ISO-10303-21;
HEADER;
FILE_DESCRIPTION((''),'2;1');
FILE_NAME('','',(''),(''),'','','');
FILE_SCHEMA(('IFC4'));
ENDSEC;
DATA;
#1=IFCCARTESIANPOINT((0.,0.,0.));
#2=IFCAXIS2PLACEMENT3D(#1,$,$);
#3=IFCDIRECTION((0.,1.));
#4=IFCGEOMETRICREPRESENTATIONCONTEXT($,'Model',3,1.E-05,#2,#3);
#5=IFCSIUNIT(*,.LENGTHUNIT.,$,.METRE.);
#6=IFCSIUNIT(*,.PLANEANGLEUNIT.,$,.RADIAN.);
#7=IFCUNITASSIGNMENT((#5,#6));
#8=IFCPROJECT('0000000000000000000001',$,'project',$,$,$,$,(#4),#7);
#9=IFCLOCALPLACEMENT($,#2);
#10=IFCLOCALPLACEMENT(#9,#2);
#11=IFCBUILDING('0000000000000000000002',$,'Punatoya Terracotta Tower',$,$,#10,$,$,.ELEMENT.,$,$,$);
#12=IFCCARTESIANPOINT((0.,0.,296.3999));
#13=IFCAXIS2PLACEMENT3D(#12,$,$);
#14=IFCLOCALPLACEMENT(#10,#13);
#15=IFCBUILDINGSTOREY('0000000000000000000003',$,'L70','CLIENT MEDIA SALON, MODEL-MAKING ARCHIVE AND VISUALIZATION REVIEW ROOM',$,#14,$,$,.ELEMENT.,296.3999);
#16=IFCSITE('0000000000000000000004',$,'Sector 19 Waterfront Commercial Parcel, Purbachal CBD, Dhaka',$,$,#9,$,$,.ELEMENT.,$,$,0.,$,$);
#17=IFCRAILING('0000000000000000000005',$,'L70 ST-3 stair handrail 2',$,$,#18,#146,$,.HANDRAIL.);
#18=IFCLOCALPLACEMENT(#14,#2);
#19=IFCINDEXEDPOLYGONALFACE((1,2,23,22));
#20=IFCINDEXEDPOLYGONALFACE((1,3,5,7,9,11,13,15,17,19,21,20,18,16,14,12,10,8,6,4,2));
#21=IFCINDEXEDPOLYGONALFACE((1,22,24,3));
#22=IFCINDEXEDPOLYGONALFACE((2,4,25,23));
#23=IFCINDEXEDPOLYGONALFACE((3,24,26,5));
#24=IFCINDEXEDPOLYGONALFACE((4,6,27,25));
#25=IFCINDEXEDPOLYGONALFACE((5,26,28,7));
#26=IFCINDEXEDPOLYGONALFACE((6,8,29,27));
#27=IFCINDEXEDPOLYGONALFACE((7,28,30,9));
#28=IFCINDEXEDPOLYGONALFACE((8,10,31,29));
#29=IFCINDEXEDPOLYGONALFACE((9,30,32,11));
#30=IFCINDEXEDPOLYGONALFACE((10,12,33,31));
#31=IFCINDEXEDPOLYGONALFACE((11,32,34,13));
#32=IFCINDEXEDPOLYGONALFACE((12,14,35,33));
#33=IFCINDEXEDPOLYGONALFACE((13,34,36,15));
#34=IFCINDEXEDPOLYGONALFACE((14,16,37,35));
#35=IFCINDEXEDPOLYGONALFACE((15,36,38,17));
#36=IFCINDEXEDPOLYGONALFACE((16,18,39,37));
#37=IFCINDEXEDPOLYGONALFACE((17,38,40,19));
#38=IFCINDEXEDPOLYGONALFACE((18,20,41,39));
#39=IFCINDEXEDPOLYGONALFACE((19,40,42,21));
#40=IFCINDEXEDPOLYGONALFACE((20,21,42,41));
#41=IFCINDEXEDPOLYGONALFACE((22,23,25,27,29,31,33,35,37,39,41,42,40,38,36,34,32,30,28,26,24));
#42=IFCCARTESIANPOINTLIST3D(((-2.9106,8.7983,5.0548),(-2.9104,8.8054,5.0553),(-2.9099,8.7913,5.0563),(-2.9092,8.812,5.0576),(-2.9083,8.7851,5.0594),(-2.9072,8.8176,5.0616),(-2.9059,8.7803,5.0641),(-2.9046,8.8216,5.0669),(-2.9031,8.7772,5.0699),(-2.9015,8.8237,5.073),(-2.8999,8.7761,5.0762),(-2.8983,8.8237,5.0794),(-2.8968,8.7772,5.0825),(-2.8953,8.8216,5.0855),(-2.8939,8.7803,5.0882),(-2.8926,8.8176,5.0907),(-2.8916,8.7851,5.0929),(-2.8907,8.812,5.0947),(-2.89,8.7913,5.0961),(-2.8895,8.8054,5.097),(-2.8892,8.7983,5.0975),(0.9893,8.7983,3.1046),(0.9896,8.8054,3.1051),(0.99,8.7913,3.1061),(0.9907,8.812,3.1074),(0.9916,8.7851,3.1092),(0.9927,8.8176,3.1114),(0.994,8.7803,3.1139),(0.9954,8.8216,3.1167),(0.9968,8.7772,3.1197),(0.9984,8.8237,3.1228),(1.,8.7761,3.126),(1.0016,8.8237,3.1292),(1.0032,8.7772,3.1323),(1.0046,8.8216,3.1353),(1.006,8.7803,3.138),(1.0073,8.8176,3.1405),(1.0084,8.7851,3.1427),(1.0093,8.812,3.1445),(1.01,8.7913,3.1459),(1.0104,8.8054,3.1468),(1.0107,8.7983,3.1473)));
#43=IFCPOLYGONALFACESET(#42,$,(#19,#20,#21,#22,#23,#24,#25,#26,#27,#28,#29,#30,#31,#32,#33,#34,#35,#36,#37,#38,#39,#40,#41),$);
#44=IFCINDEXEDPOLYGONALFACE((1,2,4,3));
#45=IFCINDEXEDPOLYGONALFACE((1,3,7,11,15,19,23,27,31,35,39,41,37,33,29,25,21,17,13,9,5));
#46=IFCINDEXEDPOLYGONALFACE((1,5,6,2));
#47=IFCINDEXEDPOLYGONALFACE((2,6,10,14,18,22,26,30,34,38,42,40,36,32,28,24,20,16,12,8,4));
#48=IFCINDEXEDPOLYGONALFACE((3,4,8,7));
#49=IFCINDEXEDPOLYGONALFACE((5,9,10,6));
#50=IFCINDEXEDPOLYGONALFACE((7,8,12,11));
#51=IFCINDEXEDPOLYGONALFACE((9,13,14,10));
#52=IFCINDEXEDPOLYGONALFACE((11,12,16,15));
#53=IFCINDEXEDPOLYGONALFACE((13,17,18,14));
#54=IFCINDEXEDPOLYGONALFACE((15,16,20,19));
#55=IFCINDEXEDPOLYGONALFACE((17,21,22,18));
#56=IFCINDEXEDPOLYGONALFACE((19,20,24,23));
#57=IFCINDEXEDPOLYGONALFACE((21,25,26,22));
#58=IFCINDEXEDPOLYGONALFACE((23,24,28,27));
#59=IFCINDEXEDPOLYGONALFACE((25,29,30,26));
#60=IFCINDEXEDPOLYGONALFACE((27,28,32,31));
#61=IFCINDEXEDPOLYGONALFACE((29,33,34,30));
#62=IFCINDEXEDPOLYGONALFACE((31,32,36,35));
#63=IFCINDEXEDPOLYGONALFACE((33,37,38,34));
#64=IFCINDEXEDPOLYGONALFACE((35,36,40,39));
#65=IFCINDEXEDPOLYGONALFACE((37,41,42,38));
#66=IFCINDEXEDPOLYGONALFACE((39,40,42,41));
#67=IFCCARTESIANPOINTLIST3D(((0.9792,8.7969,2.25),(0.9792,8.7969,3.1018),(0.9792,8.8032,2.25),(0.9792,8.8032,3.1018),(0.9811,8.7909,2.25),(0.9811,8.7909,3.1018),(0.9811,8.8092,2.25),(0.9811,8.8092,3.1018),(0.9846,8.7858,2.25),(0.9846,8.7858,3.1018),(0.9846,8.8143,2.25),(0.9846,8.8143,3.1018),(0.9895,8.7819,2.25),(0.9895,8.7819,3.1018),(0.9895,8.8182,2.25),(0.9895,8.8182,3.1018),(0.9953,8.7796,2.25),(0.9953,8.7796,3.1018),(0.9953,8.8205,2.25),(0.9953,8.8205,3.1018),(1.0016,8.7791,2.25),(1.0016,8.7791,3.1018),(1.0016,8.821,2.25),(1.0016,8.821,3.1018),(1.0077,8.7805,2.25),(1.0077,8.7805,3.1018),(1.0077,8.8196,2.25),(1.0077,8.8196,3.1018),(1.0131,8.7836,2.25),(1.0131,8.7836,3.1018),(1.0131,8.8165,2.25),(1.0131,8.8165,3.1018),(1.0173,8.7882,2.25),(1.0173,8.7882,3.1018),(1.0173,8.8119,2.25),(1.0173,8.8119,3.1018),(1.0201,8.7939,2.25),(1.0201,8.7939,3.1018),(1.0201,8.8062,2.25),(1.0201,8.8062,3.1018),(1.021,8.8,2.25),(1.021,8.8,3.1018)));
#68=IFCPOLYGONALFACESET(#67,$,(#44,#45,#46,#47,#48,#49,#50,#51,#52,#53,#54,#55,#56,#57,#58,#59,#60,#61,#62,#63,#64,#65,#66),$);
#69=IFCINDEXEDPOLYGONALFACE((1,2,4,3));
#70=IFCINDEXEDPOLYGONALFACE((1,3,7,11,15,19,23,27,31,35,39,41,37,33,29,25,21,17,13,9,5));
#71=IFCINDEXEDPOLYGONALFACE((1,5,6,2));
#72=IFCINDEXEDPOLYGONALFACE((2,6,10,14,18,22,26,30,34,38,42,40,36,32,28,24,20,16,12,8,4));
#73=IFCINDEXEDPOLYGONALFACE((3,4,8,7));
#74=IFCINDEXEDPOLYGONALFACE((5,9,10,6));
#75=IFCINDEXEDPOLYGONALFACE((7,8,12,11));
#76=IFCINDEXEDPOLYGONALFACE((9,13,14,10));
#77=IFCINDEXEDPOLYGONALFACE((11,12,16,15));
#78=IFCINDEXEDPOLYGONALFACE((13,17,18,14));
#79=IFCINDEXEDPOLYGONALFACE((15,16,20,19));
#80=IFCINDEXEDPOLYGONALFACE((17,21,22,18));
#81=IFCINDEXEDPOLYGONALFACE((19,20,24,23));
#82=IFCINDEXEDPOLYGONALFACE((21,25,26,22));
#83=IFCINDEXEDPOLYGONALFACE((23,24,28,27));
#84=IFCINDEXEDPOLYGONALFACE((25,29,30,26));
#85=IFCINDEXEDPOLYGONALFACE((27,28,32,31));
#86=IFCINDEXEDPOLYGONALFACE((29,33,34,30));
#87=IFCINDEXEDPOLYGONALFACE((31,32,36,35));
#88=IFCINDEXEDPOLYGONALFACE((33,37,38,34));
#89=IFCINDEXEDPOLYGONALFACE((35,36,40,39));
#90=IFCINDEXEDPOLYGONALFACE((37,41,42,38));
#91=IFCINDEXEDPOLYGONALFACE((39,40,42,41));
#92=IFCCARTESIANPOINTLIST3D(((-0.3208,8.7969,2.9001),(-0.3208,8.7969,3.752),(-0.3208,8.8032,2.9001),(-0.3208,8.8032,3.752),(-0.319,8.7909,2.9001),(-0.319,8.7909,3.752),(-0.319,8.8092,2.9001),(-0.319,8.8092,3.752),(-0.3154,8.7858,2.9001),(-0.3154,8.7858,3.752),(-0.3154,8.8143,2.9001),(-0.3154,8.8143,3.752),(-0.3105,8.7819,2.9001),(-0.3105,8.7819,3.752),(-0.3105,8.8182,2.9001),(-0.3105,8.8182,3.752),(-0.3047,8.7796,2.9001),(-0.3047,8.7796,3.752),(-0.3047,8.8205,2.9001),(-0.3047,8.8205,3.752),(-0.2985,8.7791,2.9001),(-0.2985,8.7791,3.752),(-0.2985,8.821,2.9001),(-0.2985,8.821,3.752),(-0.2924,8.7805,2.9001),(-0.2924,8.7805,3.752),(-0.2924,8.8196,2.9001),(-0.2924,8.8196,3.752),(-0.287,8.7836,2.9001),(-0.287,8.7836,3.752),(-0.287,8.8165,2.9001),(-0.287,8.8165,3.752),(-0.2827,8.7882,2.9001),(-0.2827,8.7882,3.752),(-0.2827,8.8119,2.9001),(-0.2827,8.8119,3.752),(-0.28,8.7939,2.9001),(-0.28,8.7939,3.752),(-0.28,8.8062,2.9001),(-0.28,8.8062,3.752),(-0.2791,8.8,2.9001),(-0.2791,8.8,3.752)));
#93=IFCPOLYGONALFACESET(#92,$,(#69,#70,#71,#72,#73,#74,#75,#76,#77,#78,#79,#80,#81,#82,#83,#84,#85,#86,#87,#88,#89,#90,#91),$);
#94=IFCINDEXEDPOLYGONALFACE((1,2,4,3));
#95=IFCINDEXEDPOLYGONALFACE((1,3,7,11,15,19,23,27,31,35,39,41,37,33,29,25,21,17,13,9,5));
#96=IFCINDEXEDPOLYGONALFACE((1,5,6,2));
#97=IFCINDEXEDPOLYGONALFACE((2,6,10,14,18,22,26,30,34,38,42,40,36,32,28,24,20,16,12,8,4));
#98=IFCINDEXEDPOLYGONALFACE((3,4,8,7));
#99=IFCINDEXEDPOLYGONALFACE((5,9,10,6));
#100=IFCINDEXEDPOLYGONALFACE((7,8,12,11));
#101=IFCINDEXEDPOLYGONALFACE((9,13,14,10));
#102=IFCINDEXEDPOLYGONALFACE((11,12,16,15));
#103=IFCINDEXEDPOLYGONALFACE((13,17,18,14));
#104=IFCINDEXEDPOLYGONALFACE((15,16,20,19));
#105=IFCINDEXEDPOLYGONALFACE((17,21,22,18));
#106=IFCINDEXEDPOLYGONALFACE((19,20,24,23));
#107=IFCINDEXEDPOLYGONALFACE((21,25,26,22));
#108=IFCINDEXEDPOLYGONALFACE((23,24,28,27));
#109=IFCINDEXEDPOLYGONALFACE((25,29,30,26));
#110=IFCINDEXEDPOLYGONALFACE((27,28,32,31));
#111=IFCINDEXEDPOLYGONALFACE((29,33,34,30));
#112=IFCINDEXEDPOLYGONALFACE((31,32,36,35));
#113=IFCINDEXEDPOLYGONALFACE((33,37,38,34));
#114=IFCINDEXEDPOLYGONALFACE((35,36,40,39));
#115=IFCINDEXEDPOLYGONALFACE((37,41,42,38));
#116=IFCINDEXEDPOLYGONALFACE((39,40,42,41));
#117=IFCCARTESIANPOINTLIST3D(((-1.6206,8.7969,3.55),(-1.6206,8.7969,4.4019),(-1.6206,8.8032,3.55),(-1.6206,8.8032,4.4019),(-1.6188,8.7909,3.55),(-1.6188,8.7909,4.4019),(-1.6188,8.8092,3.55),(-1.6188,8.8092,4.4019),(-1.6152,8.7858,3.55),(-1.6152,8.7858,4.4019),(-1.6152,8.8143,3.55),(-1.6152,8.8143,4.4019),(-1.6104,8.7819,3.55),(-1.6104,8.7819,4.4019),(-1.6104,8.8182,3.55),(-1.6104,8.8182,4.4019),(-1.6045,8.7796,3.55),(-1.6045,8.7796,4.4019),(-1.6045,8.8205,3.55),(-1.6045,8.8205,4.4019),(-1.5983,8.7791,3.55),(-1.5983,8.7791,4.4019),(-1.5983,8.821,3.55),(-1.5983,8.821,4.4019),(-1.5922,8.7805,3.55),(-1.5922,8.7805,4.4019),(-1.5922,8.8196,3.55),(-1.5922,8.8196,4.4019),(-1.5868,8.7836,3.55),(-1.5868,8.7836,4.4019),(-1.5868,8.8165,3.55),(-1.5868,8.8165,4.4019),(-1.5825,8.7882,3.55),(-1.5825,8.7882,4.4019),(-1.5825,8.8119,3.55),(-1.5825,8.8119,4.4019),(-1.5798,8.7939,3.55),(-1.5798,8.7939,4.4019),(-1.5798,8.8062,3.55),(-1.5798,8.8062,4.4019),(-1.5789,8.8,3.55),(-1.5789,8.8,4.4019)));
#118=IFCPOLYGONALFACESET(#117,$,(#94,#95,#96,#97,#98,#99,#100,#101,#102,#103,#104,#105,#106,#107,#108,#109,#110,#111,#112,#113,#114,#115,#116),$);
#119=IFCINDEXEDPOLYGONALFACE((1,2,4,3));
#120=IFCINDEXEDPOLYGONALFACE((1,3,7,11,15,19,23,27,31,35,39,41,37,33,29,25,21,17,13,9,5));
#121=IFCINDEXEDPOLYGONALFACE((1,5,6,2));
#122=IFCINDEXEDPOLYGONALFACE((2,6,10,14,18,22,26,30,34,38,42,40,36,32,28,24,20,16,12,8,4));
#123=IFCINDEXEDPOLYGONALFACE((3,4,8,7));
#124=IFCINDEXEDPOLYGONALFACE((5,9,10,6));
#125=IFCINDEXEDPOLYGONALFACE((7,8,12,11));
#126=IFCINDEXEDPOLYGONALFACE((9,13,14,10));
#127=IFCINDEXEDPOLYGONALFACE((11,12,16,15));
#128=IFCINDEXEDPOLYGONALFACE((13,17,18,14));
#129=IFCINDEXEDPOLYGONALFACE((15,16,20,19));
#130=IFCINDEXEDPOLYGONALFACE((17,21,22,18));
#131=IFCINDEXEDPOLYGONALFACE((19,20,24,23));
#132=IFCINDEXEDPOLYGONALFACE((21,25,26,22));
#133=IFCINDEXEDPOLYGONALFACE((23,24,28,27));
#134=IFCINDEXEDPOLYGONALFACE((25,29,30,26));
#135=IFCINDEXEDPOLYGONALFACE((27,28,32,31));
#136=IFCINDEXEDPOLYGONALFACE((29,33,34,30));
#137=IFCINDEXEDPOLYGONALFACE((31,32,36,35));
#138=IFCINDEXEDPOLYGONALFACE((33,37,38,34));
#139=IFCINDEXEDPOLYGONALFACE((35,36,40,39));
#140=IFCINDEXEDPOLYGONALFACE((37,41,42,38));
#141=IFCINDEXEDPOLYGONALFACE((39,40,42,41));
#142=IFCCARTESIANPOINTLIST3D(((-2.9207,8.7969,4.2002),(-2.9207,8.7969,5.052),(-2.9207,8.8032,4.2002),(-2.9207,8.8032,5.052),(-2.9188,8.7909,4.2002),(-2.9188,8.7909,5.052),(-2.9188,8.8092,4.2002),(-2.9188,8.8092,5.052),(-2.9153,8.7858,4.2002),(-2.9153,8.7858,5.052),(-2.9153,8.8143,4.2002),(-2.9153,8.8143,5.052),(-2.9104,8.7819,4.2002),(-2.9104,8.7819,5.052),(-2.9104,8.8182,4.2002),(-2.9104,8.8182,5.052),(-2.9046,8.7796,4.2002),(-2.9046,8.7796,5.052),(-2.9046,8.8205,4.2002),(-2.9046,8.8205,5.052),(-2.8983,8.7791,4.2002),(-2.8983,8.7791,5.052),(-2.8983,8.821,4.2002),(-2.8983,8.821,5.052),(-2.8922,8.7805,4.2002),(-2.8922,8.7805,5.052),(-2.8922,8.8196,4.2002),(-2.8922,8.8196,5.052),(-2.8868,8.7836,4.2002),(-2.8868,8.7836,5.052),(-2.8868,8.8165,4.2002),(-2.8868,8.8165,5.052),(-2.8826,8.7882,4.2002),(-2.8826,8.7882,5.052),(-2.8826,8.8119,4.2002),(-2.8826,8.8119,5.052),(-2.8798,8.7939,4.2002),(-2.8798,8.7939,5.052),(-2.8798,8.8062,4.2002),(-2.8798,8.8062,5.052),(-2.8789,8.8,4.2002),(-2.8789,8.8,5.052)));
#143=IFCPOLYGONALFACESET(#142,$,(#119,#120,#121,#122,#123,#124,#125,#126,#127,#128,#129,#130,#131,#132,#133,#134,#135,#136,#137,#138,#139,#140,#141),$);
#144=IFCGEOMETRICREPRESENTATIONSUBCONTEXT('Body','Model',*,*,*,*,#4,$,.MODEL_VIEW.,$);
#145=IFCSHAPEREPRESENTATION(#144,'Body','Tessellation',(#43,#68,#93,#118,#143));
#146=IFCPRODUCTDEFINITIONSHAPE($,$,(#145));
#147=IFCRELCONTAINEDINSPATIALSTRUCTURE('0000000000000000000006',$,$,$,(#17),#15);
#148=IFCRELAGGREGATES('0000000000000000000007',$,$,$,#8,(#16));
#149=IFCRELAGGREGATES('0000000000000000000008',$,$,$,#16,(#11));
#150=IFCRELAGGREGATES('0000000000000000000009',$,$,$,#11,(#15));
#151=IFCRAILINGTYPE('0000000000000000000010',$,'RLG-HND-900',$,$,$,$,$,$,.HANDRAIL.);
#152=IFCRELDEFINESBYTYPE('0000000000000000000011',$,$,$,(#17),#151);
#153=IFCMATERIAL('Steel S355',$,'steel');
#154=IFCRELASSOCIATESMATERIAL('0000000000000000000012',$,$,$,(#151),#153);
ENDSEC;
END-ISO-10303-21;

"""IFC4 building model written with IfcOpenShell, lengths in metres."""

from ifc_helpers import new_model, si_unit, direction, frame, origin, origin_2d, place, context, subcontext, project, spatial, circle, extrude, material, type_object, element, save


model = new_model("IFC4")

# Units and contexts
model_context = context("Model", 3, precision=1e-05, world=origin(), true_north=direction((0.0, 1.0)))
body_context = subcontext(model_context, "Body", "Model", "MODEL_VIEW")
ifc_project = project(units=[si_unit("LENGTHUNIT", "METRE"), si_unit("PLANEANGLEUNIT", "RADIAN")], contexts=[model_context])

# Site, building, storey
site_placement = place(None, origin())
site = spatial("IfcSite", under=ifc_project, at=site_placement, Name="Sector 19 Waterfront Commercial Parcel, Purbachal CBD, Dhaka", CompositionType="ELEMENT", RefElevation=0.0)
building_placement = place(site_placement, origin())
building = spatial("IfcBuilding", under=site, at=building_placement, Name="Punatoya Terracotta Tower", CompositionType="ELEMENT")
storey_placement = place(building_placement, frame((0.0, 0.0, 296.3999)))
storey = spatial("IfcBuildingStorey", under=building, at=storey_placement, Name="L70", Description="CLIENT MEDIA SALON, MODEL-MAKING ARCHIVE AND VISUALIZATION REVIEW ROOM", CompositionType="ELEMENT", Elevation=296.3999)

# Shared definitions
ifc_material_1 = material(Name="Steel S355", Category="steel")

# Railing
railing_type_1 = type_object("IfcRailingType", Name="RLG-HND-900", PredefinedType="HANDRAIL", material=ifc_material_1)
railing_1_placement = place(storey_placement, frame((1.0, 8.8, 2.25)))
element("IfcRailing", 1, at=railing_1_placement, inside=storey, type_object=railing_type_1, Name="L70 ST-3 stair handrail 2", PredefinedType="HANDRAIL", context=body_context, shape_type="SweptSolid", body=[
    extrude(circle(Radius=0.0239, at=origin_2d()), frame((0.0, 0.0, 0.876), z_axis=(-0.894405, 0.0, 0.447258), x_axis=(0.0, -1.0, 0.0)), (0.0, 0.0, 1.0), 4.3604),
    extrude(circle(Radius=0.021, at=origin_2d()), origin(), (0.0, 0.0, 1.0), 0.8518),
    extrude(circle(Radius=0.021, at=origin_2d()), frame((-1.3, 0.0, 0.6501)), (0.0, 0.0, 1.0), 0.8518),
    extrude(circle(Radius=0.021, at=origin_2d()), frame((-2.5999, 0.0, 1.3)), (0.0, 0.0, 1.0), 0.8518),
    extrude(circle(Radius=0.021, at=origin_2d()), frame((-3.8999, 0.0, 1.9502)), (0.0, 0.0, 1.0), 0.8518),
])

save(model, "model.ifc")
